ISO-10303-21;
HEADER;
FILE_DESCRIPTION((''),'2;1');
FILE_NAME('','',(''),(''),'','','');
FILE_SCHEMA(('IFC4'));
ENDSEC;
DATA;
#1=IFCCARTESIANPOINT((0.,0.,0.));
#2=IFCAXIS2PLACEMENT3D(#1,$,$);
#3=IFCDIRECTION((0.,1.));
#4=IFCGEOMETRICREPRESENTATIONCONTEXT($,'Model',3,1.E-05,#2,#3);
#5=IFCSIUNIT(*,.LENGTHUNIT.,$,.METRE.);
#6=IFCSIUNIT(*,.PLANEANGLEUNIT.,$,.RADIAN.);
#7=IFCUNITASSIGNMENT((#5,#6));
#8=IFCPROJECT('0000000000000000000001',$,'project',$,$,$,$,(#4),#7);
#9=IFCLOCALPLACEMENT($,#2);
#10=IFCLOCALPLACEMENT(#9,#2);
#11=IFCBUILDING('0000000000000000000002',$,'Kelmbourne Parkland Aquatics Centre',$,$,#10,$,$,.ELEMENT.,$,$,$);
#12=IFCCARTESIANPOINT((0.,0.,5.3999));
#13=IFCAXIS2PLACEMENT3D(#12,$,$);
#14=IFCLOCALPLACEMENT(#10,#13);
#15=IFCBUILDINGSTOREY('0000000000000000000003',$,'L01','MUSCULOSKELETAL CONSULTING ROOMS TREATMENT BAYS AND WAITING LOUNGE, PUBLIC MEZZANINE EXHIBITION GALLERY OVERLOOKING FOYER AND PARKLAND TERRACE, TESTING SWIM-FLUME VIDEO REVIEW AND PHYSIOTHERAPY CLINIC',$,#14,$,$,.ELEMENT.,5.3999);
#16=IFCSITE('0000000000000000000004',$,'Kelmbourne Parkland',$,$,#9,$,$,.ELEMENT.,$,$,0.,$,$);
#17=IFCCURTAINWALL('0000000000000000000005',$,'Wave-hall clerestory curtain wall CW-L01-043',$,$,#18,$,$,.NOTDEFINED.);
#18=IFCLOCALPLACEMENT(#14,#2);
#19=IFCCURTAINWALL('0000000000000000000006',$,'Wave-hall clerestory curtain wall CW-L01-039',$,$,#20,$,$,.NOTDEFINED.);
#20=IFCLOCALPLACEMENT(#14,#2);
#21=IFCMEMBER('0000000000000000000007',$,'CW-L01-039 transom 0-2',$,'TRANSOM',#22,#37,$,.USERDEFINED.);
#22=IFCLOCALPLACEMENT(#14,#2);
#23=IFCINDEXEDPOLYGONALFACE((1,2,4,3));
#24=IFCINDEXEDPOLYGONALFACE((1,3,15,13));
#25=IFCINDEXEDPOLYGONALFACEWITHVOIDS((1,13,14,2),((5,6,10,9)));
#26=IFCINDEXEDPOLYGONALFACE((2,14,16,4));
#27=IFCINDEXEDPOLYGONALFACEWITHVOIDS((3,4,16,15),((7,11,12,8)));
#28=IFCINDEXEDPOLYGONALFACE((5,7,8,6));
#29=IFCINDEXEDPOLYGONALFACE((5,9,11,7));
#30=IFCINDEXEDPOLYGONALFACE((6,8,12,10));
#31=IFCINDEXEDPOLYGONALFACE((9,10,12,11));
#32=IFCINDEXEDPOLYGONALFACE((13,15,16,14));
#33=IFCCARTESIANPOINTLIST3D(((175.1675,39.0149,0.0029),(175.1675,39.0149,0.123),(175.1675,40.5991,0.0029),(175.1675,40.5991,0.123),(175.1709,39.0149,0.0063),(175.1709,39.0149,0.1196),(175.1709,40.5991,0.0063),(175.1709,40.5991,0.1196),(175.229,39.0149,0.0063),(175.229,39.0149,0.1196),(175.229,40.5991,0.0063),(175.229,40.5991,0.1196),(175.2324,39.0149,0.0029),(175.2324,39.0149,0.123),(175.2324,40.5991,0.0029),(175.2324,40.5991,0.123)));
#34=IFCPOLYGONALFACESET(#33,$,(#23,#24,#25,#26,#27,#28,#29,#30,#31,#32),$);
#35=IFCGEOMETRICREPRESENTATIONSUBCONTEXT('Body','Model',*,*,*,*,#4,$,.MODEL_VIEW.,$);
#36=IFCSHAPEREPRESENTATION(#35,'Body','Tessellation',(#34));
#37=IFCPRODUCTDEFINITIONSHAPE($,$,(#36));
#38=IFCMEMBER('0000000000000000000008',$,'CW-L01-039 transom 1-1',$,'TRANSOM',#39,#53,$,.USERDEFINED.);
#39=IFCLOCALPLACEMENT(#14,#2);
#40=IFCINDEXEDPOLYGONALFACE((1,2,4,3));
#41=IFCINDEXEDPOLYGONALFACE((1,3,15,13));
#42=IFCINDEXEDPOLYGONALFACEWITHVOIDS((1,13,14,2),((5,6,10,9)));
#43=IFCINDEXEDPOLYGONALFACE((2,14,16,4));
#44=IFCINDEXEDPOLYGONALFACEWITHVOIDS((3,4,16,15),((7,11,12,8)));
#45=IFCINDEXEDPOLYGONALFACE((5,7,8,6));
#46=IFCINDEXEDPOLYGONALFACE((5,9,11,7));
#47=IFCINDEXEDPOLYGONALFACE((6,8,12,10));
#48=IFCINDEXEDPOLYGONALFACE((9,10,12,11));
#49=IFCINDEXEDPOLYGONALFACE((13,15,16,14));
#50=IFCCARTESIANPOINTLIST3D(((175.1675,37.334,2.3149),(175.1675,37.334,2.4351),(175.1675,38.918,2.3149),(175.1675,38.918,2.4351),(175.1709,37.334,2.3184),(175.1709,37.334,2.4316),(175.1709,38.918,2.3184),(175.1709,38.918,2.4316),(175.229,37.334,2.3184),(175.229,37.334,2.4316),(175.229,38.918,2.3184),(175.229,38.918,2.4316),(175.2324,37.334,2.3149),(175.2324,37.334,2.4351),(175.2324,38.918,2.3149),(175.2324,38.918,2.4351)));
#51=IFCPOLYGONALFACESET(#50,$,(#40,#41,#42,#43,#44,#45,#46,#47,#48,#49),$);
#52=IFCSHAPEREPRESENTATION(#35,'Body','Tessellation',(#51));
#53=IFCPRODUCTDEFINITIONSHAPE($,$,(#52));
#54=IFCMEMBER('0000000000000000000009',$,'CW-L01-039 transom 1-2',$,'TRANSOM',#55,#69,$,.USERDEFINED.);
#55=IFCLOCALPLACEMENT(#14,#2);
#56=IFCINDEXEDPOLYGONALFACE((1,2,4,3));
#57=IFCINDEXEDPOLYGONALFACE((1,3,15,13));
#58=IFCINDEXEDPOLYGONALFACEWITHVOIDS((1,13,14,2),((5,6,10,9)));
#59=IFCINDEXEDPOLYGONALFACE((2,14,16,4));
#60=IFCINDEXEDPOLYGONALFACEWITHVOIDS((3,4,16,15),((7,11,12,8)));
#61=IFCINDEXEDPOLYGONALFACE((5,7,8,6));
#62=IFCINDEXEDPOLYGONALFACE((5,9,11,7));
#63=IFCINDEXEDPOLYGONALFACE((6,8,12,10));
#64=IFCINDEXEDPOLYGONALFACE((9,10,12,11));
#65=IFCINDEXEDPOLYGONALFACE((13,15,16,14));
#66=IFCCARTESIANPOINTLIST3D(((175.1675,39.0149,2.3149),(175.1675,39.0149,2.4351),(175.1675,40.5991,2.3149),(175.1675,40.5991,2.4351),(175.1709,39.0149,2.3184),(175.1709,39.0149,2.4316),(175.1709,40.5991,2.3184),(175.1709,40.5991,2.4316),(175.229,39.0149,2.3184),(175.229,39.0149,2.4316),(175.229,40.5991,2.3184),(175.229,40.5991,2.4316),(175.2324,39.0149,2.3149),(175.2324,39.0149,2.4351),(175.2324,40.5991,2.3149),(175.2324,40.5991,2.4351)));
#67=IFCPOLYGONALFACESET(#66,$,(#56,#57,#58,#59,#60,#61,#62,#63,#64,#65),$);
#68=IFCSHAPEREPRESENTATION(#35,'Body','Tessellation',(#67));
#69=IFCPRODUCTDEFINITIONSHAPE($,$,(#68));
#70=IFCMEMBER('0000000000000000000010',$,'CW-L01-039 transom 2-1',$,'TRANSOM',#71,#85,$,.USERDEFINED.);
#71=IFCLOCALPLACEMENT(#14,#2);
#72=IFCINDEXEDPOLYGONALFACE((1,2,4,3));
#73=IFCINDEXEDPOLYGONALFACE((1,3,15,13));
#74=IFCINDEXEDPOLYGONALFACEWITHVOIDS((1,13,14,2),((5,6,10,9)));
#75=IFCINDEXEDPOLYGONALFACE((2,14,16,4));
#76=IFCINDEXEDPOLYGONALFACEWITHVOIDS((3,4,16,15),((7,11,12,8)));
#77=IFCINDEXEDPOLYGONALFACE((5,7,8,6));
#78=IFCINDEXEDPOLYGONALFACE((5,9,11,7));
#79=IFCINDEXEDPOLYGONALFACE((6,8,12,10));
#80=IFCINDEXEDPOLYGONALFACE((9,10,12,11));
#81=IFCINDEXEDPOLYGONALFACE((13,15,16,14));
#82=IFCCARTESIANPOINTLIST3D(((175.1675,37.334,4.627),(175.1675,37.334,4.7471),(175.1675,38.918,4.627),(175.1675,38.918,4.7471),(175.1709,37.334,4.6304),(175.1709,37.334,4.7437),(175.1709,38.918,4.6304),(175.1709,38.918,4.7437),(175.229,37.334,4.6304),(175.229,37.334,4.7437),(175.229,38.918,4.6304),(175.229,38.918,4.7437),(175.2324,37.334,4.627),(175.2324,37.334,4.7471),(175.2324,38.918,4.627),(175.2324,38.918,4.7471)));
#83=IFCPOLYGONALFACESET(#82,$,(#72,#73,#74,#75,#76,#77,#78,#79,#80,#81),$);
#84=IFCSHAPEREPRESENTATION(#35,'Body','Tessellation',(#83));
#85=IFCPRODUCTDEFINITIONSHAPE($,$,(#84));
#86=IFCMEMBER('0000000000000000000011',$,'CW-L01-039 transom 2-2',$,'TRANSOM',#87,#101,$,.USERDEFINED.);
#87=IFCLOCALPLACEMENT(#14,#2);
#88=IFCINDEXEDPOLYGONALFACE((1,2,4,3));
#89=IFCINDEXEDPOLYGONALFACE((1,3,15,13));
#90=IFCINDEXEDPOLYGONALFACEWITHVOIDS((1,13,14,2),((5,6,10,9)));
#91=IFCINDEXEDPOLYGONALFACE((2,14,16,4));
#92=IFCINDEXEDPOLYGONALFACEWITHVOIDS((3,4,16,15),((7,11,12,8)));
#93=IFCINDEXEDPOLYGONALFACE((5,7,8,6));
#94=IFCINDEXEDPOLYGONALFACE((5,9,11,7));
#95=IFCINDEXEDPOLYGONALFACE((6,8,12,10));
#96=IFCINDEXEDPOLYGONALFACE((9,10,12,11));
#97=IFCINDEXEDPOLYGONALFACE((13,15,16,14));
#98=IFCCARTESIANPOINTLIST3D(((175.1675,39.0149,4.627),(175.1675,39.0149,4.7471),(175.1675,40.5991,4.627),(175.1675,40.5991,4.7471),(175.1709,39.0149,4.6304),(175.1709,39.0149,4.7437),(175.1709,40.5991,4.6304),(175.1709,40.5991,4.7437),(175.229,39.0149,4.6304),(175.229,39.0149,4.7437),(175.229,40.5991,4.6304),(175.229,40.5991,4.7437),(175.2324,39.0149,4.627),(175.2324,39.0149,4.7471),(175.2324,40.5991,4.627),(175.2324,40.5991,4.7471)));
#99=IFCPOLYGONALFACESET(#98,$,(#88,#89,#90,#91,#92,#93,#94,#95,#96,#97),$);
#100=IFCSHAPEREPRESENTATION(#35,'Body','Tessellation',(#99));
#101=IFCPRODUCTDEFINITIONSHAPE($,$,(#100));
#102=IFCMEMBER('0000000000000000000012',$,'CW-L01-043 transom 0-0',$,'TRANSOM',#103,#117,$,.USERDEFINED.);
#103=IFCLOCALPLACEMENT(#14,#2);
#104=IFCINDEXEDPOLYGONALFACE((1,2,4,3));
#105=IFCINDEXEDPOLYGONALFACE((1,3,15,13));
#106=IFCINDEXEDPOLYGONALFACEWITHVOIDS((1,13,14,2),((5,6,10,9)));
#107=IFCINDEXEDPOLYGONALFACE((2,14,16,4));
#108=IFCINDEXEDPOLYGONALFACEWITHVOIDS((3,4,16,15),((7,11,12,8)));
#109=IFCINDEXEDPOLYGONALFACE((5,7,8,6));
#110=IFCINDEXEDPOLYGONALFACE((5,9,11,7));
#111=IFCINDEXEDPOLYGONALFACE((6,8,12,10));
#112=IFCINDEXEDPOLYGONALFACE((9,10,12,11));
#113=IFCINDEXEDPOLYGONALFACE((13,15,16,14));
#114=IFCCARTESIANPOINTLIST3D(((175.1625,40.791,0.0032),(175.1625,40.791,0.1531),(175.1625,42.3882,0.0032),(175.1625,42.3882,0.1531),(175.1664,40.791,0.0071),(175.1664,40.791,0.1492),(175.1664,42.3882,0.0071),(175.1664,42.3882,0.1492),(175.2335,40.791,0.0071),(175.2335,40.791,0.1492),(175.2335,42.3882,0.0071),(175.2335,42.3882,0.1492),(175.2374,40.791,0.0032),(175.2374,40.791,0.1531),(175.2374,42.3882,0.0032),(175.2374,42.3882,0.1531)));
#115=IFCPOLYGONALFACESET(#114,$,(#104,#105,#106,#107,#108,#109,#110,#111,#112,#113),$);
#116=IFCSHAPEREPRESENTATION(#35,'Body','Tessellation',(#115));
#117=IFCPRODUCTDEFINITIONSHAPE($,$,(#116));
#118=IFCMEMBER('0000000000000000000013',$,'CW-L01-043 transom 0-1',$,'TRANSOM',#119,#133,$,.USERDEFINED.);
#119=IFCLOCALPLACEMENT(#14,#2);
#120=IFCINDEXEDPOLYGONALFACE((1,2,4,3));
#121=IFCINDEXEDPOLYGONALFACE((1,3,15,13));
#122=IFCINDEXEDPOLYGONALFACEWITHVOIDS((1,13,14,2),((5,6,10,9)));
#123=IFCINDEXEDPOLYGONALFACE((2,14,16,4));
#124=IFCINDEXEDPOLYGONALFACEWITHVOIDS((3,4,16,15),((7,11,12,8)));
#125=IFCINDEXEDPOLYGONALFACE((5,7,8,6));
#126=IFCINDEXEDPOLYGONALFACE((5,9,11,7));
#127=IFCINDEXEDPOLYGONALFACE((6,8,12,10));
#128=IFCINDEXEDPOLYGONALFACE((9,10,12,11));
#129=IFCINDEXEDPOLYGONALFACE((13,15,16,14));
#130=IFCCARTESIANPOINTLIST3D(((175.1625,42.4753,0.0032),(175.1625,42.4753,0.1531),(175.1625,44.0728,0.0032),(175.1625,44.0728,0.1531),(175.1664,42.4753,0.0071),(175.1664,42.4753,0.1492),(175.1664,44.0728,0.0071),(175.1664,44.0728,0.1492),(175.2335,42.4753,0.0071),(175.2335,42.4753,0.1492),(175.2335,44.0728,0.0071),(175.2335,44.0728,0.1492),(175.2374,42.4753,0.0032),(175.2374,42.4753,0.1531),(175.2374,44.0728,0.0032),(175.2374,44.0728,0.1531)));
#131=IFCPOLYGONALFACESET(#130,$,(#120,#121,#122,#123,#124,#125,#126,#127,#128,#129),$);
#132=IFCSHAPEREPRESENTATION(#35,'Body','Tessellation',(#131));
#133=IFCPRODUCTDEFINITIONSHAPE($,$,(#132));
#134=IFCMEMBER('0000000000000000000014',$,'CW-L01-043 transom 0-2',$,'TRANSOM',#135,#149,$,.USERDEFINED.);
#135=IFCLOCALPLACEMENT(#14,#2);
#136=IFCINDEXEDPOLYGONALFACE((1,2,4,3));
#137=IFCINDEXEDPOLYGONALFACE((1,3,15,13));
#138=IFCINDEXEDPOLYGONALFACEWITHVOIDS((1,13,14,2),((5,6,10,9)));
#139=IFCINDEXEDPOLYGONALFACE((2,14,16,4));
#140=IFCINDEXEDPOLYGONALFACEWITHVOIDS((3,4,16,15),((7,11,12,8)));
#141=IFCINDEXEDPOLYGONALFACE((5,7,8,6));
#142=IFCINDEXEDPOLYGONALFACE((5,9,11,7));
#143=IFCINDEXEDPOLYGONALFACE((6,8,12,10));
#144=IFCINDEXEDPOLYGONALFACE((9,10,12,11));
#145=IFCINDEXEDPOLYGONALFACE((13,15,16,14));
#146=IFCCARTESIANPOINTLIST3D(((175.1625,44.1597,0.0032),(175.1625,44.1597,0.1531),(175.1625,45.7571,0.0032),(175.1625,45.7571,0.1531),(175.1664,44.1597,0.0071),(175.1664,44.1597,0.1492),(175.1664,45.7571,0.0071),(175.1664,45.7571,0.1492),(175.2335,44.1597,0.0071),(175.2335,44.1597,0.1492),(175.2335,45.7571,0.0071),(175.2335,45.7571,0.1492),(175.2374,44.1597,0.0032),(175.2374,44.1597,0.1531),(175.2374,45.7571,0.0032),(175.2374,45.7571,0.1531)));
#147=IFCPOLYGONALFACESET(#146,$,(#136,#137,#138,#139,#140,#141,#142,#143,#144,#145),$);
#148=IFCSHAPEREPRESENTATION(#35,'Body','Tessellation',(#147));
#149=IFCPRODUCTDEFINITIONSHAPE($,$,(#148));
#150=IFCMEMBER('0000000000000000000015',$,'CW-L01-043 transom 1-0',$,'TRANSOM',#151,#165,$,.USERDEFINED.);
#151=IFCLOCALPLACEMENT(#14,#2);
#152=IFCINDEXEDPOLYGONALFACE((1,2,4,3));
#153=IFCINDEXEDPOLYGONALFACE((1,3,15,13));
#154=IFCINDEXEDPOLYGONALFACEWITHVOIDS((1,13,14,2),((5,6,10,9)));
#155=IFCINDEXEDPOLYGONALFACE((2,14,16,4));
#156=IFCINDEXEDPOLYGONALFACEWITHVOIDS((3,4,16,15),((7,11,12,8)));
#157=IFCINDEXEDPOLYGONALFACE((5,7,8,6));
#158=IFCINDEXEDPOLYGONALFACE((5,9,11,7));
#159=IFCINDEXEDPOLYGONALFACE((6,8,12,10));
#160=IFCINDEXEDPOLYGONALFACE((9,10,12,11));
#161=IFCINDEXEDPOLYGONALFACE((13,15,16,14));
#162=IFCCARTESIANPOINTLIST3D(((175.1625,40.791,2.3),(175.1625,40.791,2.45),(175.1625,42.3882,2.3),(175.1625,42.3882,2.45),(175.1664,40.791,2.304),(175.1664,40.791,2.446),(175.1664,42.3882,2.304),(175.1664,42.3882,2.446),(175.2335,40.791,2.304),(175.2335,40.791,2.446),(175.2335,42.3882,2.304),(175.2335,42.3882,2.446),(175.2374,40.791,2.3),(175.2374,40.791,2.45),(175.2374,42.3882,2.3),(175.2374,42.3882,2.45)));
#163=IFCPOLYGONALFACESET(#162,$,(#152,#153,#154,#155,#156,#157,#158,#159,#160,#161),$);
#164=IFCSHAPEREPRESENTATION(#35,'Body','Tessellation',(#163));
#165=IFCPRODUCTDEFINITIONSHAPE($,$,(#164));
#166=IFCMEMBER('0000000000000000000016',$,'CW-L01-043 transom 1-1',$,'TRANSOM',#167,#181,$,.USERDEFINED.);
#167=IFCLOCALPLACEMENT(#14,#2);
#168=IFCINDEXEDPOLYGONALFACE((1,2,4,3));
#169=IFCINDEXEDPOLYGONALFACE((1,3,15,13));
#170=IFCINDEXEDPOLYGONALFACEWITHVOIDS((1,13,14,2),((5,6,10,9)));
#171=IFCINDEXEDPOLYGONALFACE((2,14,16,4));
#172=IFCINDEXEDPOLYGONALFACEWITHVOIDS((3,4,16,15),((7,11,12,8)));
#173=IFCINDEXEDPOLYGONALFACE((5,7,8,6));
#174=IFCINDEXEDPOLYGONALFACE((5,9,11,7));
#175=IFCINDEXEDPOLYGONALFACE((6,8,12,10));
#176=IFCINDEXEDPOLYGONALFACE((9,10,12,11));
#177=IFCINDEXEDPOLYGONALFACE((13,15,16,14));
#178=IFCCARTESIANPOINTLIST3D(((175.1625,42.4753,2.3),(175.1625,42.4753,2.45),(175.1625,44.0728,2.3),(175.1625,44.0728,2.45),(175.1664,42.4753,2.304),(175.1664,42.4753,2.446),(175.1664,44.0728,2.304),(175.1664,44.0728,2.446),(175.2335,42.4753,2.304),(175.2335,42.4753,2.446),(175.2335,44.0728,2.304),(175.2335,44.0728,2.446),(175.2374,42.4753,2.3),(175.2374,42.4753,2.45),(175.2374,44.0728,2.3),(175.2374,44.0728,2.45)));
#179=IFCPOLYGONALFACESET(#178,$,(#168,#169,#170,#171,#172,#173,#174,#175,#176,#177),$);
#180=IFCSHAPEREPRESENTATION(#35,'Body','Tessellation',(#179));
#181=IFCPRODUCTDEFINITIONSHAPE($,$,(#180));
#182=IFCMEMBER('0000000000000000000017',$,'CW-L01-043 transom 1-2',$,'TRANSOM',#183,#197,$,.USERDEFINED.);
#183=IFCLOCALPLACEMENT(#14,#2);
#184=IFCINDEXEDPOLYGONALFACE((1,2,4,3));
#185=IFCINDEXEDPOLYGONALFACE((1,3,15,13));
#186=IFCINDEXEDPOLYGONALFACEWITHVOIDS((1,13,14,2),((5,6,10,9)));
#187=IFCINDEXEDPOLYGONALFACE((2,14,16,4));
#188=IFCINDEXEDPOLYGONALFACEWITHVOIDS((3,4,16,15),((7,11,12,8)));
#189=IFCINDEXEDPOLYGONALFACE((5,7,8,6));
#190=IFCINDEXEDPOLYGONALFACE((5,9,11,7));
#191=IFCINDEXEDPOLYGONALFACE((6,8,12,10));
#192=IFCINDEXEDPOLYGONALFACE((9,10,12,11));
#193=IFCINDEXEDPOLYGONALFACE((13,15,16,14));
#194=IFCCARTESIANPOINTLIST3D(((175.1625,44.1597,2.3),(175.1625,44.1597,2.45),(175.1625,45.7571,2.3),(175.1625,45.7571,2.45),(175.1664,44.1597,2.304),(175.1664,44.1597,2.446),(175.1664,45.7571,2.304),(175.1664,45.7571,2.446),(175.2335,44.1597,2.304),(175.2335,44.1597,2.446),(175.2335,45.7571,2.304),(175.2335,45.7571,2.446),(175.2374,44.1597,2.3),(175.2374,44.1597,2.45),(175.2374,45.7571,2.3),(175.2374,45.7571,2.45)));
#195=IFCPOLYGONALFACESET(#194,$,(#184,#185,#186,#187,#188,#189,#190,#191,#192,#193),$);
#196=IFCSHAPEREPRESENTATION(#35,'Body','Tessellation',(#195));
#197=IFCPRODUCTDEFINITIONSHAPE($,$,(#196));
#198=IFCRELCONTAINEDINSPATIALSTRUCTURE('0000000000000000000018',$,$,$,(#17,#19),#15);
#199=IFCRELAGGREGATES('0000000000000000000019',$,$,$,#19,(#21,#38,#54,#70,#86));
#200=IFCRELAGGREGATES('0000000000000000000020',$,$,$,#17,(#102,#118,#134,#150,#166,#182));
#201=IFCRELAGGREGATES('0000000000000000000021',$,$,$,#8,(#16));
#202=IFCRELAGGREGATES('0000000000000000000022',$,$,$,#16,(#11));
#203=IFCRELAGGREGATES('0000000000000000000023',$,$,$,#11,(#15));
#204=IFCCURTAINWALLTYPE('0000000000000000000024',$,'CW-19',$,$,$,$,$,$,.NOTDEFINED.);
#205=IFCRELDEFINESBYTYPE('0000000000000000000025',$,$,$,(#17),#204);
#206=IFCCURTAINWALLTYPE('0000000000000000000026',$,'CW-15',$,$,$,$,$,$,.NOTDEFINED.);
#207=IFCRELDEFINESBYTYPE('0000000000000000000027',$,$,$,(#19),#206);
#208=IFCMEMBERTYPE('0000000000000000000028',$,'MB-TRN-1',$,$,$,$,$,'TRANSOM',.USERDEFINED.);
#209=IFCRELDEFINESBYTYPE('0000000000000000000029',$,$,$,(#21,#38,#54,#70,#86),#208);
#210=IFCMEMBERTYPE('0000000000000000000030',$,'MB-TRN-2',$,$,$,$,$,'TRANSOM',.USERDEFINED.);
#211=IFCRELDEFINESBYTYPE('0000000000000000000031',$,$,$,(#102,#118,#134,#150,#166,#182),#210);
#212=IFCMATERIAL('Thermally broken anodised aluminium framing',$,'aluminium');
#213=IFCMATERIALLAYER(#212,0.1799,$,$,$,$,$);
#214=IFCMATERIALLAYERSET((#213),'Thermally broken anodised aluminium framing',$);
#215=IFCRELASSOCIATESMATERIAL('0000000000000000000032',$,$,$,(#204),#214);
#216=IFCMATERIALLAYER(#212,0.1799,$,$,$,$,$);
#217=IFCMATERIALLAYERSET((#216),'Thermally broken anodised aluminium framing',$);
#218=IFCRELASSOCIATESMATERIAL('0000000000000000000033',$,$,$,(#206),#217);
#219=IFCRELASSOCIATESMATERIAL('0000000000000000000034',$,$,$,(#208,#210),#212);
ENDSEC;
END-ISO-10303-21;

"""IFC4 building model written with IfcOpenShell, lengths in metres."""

from ifc_helpers import new_model, si_unit, direction, frame, origin, origin_2d, place, context, subcontext, project, spatial, hollow_rectangle, extrude, material, layer, layer_set, material_profile, profile_set, type_object, element, aggregate, save


model = new_model("IFC4")

# Units and contexts
model_context = context("Model", 3, precision=1e-05, world=origin(), true_north=direction((0.0, 1.0)))
body_context = subcontext(model_context, "Body", "Model", "MODEL_VIEW")
ifc_project = project(units=[si_unit("LENGTHUNIT", "METRE"), si_unit("PLANEANGLEUNIT", "RADIAN")], contexts=[model_context])

# Site, building, storey
site_placement = place(None, origin())
site = spatial("IfcSite", under=ifc_project, at=site_placement, Name="Kelmbourne Parkland", CompositionType="ELEMENT", RefElevation=0.0)
building_placement = place(site_placement, origin())
building = spatial("IfcBuilding", under=site, at=building_placement, Name="Kelmbourne Parkland Aquatics Centre", CompositionType="ELEMENT")
storey_placement = place(building_placement, frame((0.0, 0.0, 5.3999)))
storey = spatial("IfcBuildingStorey", under=building, at=storey_placement, Name="L01", Description="MUSCULOSKELETAL CONSULTING ROOMS TREATMENT BAYS AND WAITING LOUNGE, PUBLIC MEZZANINE EXHIBITION GALLERY OVERLOOKING FOYER AND PARKLAND TERRACE, TESTING SWIM-FLUME VIDEO REVIEW AND PHYSIOTHERAPY CLINIC", CompositionType="ELEMENT", Elevation=5.3999)

# Shared definitions
ifc_material_1 = material(Name="Thermally broken anodised aluminium framing", Category="aluminium")

# Curtain walls, members
ifc_layer_1 = layer(ifc_material_1, 0.1799)
ifc_layer_set_1 = layer_set([ifc_layer_1], Name="Thermally broken anodised aluminium framing")
curtain_wall_type_1 = type_object("IfcCurtainWallType", Name="CW-19", PredefinedType="NOTDEFINED", material=ifc_layer_set_1)
curtain_wall_1_placement = place(storey_placement, origin())
curtain_wall_1 = element("IfcCurtainWall", 1, at=curtain_wall_1_placement, inside=storey, type_object=curtain_wall_type_1, Name="Wave-hall clerestory curtain wall CW-L01-043", PredefinedType="NOTDEFINED")
ifc_layer_2 = layer(ifc_material_1, 0.1799)
ifc_layer_set_2 = layer_set([ifc_layer_2], Name="Thermally broken anodised aluminium framing")
curtain_wall_type_2 = type_object("IfcCurtainWallType", Name="CW-15", PredefinedType="NOTDEFINED", material=ifc_layer_set_2)
curtain_wall_2_placement = place(storey_placement, origin())
curtain_wall_2 = element("IfcCurtainWall", 2, at=curtain_wall_2_placement, inside=storey, type_object=curtain_wall_type_2, Name="Wave-hall clerestory curtain wall CW-L01-039", PredefinedType="NOTDEFINED")
ifc_material_profile_1 = material_profile(ifc_material_1, hollow_rectangle(XDim=0.0649, YDim=0.1201, WallThickness=0.0034, at=origin_2d()), Name="CW-T 65x120")
ifc_profile_set_1 = profile_set([ifc_material_profile_1], Name="Thermally broken anodised aluminium framing")
member_type_1 = type_object("IfcMemberType", Name="MB-TRN-1", ElementType="TRANSOM", PredefinedType="USERDEFINED", material=ifc_profile_set_1)
member_1_placement = place(storey_placement, frame((175.2, 39.0149, 0.063), z_axis=(0.0, 1.0, 0.0), x_axis=(-1.0, 0.0, 0.0)))
member_1 = element("IfcMember", 3, at=member_1_placement, type_object=member_type_1, Name="CW-L01-039 transom 0-2", ObjectType="TRANSOM", PredefinedType="USERDEFINED", context=body_context, shape_type="SweptSolid", body=[
    extrude(hollow_rectangle(XDim=0.0649, YDim=0.1201, WallThickness=0.0034, at=origin_2d()), origin(), (0.0, 0.0, 1.0), 1.5842),
])
member_2_placement = place(storey_placement, frame((175.2, 37.334, 2.375), z_axis=(0.0, 1.0, 0.0), x_axis=(-1.0, 0.0, 0.0)))
member_2 = element("IfcMember", 4, at=member_2_placement, type_object=member_type_1, Name="CW-L01-039 transom 1-1", ObjectType="TRANSOM", PredefinedType="USERDEFINED", context=body_context, shape_type="SweptSolid", body=[
    extrude(hollow_rectangle(XDim=0.0649, YDim=0.1201, WallThickness=0.0034, at=origin_2d()), origin(), (0.0, 0.0, 1.0), 1.584),
])
member_3_placement = place(storey_placement, frame((175.2, 39.0149, 2.375), z_axis=(0.0, 1.0, 0.0), x_axis=(-1.0, 0.0, 0.0)))
member_3 = element("IfcMember", 5, at=member_3_placement, type_object=member_type_1, Name="CW-L01-039 transom 1-2", ObjectType="TRANSOM", PredefinedType="USERDEFINED", context=body_context, shape_type="SweptSolid", body=[
    extrude(hollow_rectangle(XDim=0.0649, YDim=0.1201, WallThickness=0.0034, at=origin_2d()), origin(), (0.0, 0.0, 1.0), 1.5842),
])
member_4_placement = place(storey_placement, frame((175.2, 37.334, 4.687), z_axis=(0.0, 1.0, 0.0), x_axis=(-1.0, 0.0, 0.0)))
member_4 = element("IfcMember", 6, at=member_4_placement, type_object=member_type_1, Name="CW-L01-039 transom 2-1", ObjectType="TRANSOM", PredefinedType="USERDEFINED", context=body_context, shape_type="SweptSolid", body=[
    extrude(hollow_rectangle(XDim=0.0649, YDim=0.1201, WallThickness=0.0034, at=origin_2d()), origin(), (0.0, 0.0, 1.0), 1.584),
])
member_5_placement = place(storey_placement, frame((175.2, 39.0149, 4.687), z_axis=(0.0, 1.0, 0.0), x_axis=(-1.0, 0.0, 0.0)))
member_5 = element("IfcMember", 7, at=member_5_placement, type_object=member_type_1, Name="CW-L01-039 transom 2-2", ObjectType="TRANSOM", PredefinedType="USERDEFINED", context=body_context, shape_type="SweptSolid", body=[
    extrude(hollow_rectangle(XDim=0.0649, YDim=0.1201, WallThickness=0.0034, at=origin_2d()), origin(), (0.0, 0.0, 1.0), 1.5842),
])

# Members
ifc_material_profile_2 = material_profile(ifc_material_1, hollow_rectangle(XDim=0.075, YDim=0.1499, WallThickness=0.0039, at=origin_2d()), Name="CW-T 75x150")
ifc_profile_set_2 = profile_set([ifc_material_profile_2], Name="Thermally broken anodised aluminium framing")
member_type_2 = type_object("IfcMemberType", Name="MB-TRN-2", ElementType="TRANSOM", PredefinedType="USERDEFINED", material=ifc_profile_set_2)
member_6_placement = place(storey_placement, frame((175.2, 40.791, 0.0781), z_axis=(0.0, 1.0, 0.0), x_axis=(-1.0, 0.0, 0.0)))
member_6 = element("IfcMember", 8, at=member_6_placement, type_object=member_type_2, Name="CW-L01-043 transom 0-0", ObjectType="TRANSOM", PredefinedType="USERDEFINED", context=body_context, shape_type="SweptSolid", body=[
    extrude(hollow_rectangle(XDim=0.075, YDim=0.1499, WallThickness=0.0039, at=origin_2d()), origin(), (0.0, 0.0, 1.0), 1.5972),
])
member_7_placement = place(storey_placement, frame((175.2, 42.4753, 0.0781), z_axis=(0.0, 1.0, 0.0), x_axis=(-1.0, 0.0, 0.0)))
member_7 = element("IfcMember", 9, at=member_7_placement, type_object=member_type_2, Name="CW-L01-043 transom 0-1", ObjectType="TRANSOM", PredefinedType="USERDEFINED", context=body_context, shape_type="SweptSolid", body=[
    extrude(hollow_rectangle(XDim=0.075, YDim=0.1499, WallThickness=0.0039, at=origin_2d()), origin(), (0.0, 0.0, 1.0), 1.5974),
])
member_8_placement = place(storey_placement, frame((175.2, 44.1597, 0.0781), z_axis=(0.0, 1.0, 0.0), x_axis=(-1.0, 0.0, 0.0)))
member_8 = element("IfcMember", 10, at=member_8_placement, type_object=member_type_2, Name="CW-L01-043 transom 0-2", ObjectType="TRANSOM", PredefinedType="USERDEFINED", context=body_context, shape_type="SweptSolid", body=[
    extrude(hollow_rectangle(XDim=0.075, YDim=0.1499, WallThickness=0.0039, at=origin_2d()), origin(), (0.0, 0.0, 1.0), 1.5974),
])
member_9_placement = place(storey_placement, frame((175.2, 40.791, 2.375), z_axis=(0.0, 1.0, 0.0), x_axis=(-1.0, 0.0, 0.0)))
member_9 = element("IfcMember", 11, at=member_9_placement, type_object=member_type_2, Name="CW-L01-043 transom 1-0", ObjectType="TRANSOM", PredefinedType="USERDEFINED", context=body_context, shape_type="SweptSolid", body=[
    extrude(hollow_rectangle(XDim=0.075, YDim=0.1499, WallThickness=0.0039, at=origin_2d()), origin(), (0.0, 0.0, 1.0), 1.5972),
])
member_10_placement = place(storey_placement, frame((175.2, 42.4753, 2.375), z_axis=(0.0, 1.0, 0.0), x_axis=(-1.0, 0.0, 0.0)))
member_10 = element("IfcMember", 12, at=member_10_placement, type_object=member_type_2, Name="CW-L01-043 transom 1-1", ObjectType="TRANSOM", PredefinedType="USERDEFINED", context=body_context, shape_type="SweptSolid", body=[
    extrude(hollow_rectangle(XDim=0.075, YDim=0.1499, WallThickness=0.0039, at=origin_2d()), origin(), (0.0, 0.0, 1.0), 1.5974),
])
member_11_placement = place(storey_placement, frame((175.2, 44.1597, 2.375), z_axis=(0.0, 1.0, 0.0), x_axis=(-1.0, 0.0, 0.0)))
member_11 = element("IfcMember", 13, at=member_11_placement, type_object=member_type_2, Name="CW-L01-043 transom 1-2", ObjectType="TRANSOM", PredefinedType="USERDEFINED", context=body_context, shape_type="SweptSolid", body=[
    extrude(hollow_rectangle(XDim=0.075, YDim=0.1499, WallThickness=0.0039, at=origin_2d()), origin(), (0.0, 0.0, 1.0), 1.5974),
])

aggregate(curtain_wall_2, [member_1, member_2, member_3, member_4, member_5])
aggregate(curtain_wall_1, [member_6, member_7, member_8, member_9, member_10, member_11])

save(model, "model.ifc")
